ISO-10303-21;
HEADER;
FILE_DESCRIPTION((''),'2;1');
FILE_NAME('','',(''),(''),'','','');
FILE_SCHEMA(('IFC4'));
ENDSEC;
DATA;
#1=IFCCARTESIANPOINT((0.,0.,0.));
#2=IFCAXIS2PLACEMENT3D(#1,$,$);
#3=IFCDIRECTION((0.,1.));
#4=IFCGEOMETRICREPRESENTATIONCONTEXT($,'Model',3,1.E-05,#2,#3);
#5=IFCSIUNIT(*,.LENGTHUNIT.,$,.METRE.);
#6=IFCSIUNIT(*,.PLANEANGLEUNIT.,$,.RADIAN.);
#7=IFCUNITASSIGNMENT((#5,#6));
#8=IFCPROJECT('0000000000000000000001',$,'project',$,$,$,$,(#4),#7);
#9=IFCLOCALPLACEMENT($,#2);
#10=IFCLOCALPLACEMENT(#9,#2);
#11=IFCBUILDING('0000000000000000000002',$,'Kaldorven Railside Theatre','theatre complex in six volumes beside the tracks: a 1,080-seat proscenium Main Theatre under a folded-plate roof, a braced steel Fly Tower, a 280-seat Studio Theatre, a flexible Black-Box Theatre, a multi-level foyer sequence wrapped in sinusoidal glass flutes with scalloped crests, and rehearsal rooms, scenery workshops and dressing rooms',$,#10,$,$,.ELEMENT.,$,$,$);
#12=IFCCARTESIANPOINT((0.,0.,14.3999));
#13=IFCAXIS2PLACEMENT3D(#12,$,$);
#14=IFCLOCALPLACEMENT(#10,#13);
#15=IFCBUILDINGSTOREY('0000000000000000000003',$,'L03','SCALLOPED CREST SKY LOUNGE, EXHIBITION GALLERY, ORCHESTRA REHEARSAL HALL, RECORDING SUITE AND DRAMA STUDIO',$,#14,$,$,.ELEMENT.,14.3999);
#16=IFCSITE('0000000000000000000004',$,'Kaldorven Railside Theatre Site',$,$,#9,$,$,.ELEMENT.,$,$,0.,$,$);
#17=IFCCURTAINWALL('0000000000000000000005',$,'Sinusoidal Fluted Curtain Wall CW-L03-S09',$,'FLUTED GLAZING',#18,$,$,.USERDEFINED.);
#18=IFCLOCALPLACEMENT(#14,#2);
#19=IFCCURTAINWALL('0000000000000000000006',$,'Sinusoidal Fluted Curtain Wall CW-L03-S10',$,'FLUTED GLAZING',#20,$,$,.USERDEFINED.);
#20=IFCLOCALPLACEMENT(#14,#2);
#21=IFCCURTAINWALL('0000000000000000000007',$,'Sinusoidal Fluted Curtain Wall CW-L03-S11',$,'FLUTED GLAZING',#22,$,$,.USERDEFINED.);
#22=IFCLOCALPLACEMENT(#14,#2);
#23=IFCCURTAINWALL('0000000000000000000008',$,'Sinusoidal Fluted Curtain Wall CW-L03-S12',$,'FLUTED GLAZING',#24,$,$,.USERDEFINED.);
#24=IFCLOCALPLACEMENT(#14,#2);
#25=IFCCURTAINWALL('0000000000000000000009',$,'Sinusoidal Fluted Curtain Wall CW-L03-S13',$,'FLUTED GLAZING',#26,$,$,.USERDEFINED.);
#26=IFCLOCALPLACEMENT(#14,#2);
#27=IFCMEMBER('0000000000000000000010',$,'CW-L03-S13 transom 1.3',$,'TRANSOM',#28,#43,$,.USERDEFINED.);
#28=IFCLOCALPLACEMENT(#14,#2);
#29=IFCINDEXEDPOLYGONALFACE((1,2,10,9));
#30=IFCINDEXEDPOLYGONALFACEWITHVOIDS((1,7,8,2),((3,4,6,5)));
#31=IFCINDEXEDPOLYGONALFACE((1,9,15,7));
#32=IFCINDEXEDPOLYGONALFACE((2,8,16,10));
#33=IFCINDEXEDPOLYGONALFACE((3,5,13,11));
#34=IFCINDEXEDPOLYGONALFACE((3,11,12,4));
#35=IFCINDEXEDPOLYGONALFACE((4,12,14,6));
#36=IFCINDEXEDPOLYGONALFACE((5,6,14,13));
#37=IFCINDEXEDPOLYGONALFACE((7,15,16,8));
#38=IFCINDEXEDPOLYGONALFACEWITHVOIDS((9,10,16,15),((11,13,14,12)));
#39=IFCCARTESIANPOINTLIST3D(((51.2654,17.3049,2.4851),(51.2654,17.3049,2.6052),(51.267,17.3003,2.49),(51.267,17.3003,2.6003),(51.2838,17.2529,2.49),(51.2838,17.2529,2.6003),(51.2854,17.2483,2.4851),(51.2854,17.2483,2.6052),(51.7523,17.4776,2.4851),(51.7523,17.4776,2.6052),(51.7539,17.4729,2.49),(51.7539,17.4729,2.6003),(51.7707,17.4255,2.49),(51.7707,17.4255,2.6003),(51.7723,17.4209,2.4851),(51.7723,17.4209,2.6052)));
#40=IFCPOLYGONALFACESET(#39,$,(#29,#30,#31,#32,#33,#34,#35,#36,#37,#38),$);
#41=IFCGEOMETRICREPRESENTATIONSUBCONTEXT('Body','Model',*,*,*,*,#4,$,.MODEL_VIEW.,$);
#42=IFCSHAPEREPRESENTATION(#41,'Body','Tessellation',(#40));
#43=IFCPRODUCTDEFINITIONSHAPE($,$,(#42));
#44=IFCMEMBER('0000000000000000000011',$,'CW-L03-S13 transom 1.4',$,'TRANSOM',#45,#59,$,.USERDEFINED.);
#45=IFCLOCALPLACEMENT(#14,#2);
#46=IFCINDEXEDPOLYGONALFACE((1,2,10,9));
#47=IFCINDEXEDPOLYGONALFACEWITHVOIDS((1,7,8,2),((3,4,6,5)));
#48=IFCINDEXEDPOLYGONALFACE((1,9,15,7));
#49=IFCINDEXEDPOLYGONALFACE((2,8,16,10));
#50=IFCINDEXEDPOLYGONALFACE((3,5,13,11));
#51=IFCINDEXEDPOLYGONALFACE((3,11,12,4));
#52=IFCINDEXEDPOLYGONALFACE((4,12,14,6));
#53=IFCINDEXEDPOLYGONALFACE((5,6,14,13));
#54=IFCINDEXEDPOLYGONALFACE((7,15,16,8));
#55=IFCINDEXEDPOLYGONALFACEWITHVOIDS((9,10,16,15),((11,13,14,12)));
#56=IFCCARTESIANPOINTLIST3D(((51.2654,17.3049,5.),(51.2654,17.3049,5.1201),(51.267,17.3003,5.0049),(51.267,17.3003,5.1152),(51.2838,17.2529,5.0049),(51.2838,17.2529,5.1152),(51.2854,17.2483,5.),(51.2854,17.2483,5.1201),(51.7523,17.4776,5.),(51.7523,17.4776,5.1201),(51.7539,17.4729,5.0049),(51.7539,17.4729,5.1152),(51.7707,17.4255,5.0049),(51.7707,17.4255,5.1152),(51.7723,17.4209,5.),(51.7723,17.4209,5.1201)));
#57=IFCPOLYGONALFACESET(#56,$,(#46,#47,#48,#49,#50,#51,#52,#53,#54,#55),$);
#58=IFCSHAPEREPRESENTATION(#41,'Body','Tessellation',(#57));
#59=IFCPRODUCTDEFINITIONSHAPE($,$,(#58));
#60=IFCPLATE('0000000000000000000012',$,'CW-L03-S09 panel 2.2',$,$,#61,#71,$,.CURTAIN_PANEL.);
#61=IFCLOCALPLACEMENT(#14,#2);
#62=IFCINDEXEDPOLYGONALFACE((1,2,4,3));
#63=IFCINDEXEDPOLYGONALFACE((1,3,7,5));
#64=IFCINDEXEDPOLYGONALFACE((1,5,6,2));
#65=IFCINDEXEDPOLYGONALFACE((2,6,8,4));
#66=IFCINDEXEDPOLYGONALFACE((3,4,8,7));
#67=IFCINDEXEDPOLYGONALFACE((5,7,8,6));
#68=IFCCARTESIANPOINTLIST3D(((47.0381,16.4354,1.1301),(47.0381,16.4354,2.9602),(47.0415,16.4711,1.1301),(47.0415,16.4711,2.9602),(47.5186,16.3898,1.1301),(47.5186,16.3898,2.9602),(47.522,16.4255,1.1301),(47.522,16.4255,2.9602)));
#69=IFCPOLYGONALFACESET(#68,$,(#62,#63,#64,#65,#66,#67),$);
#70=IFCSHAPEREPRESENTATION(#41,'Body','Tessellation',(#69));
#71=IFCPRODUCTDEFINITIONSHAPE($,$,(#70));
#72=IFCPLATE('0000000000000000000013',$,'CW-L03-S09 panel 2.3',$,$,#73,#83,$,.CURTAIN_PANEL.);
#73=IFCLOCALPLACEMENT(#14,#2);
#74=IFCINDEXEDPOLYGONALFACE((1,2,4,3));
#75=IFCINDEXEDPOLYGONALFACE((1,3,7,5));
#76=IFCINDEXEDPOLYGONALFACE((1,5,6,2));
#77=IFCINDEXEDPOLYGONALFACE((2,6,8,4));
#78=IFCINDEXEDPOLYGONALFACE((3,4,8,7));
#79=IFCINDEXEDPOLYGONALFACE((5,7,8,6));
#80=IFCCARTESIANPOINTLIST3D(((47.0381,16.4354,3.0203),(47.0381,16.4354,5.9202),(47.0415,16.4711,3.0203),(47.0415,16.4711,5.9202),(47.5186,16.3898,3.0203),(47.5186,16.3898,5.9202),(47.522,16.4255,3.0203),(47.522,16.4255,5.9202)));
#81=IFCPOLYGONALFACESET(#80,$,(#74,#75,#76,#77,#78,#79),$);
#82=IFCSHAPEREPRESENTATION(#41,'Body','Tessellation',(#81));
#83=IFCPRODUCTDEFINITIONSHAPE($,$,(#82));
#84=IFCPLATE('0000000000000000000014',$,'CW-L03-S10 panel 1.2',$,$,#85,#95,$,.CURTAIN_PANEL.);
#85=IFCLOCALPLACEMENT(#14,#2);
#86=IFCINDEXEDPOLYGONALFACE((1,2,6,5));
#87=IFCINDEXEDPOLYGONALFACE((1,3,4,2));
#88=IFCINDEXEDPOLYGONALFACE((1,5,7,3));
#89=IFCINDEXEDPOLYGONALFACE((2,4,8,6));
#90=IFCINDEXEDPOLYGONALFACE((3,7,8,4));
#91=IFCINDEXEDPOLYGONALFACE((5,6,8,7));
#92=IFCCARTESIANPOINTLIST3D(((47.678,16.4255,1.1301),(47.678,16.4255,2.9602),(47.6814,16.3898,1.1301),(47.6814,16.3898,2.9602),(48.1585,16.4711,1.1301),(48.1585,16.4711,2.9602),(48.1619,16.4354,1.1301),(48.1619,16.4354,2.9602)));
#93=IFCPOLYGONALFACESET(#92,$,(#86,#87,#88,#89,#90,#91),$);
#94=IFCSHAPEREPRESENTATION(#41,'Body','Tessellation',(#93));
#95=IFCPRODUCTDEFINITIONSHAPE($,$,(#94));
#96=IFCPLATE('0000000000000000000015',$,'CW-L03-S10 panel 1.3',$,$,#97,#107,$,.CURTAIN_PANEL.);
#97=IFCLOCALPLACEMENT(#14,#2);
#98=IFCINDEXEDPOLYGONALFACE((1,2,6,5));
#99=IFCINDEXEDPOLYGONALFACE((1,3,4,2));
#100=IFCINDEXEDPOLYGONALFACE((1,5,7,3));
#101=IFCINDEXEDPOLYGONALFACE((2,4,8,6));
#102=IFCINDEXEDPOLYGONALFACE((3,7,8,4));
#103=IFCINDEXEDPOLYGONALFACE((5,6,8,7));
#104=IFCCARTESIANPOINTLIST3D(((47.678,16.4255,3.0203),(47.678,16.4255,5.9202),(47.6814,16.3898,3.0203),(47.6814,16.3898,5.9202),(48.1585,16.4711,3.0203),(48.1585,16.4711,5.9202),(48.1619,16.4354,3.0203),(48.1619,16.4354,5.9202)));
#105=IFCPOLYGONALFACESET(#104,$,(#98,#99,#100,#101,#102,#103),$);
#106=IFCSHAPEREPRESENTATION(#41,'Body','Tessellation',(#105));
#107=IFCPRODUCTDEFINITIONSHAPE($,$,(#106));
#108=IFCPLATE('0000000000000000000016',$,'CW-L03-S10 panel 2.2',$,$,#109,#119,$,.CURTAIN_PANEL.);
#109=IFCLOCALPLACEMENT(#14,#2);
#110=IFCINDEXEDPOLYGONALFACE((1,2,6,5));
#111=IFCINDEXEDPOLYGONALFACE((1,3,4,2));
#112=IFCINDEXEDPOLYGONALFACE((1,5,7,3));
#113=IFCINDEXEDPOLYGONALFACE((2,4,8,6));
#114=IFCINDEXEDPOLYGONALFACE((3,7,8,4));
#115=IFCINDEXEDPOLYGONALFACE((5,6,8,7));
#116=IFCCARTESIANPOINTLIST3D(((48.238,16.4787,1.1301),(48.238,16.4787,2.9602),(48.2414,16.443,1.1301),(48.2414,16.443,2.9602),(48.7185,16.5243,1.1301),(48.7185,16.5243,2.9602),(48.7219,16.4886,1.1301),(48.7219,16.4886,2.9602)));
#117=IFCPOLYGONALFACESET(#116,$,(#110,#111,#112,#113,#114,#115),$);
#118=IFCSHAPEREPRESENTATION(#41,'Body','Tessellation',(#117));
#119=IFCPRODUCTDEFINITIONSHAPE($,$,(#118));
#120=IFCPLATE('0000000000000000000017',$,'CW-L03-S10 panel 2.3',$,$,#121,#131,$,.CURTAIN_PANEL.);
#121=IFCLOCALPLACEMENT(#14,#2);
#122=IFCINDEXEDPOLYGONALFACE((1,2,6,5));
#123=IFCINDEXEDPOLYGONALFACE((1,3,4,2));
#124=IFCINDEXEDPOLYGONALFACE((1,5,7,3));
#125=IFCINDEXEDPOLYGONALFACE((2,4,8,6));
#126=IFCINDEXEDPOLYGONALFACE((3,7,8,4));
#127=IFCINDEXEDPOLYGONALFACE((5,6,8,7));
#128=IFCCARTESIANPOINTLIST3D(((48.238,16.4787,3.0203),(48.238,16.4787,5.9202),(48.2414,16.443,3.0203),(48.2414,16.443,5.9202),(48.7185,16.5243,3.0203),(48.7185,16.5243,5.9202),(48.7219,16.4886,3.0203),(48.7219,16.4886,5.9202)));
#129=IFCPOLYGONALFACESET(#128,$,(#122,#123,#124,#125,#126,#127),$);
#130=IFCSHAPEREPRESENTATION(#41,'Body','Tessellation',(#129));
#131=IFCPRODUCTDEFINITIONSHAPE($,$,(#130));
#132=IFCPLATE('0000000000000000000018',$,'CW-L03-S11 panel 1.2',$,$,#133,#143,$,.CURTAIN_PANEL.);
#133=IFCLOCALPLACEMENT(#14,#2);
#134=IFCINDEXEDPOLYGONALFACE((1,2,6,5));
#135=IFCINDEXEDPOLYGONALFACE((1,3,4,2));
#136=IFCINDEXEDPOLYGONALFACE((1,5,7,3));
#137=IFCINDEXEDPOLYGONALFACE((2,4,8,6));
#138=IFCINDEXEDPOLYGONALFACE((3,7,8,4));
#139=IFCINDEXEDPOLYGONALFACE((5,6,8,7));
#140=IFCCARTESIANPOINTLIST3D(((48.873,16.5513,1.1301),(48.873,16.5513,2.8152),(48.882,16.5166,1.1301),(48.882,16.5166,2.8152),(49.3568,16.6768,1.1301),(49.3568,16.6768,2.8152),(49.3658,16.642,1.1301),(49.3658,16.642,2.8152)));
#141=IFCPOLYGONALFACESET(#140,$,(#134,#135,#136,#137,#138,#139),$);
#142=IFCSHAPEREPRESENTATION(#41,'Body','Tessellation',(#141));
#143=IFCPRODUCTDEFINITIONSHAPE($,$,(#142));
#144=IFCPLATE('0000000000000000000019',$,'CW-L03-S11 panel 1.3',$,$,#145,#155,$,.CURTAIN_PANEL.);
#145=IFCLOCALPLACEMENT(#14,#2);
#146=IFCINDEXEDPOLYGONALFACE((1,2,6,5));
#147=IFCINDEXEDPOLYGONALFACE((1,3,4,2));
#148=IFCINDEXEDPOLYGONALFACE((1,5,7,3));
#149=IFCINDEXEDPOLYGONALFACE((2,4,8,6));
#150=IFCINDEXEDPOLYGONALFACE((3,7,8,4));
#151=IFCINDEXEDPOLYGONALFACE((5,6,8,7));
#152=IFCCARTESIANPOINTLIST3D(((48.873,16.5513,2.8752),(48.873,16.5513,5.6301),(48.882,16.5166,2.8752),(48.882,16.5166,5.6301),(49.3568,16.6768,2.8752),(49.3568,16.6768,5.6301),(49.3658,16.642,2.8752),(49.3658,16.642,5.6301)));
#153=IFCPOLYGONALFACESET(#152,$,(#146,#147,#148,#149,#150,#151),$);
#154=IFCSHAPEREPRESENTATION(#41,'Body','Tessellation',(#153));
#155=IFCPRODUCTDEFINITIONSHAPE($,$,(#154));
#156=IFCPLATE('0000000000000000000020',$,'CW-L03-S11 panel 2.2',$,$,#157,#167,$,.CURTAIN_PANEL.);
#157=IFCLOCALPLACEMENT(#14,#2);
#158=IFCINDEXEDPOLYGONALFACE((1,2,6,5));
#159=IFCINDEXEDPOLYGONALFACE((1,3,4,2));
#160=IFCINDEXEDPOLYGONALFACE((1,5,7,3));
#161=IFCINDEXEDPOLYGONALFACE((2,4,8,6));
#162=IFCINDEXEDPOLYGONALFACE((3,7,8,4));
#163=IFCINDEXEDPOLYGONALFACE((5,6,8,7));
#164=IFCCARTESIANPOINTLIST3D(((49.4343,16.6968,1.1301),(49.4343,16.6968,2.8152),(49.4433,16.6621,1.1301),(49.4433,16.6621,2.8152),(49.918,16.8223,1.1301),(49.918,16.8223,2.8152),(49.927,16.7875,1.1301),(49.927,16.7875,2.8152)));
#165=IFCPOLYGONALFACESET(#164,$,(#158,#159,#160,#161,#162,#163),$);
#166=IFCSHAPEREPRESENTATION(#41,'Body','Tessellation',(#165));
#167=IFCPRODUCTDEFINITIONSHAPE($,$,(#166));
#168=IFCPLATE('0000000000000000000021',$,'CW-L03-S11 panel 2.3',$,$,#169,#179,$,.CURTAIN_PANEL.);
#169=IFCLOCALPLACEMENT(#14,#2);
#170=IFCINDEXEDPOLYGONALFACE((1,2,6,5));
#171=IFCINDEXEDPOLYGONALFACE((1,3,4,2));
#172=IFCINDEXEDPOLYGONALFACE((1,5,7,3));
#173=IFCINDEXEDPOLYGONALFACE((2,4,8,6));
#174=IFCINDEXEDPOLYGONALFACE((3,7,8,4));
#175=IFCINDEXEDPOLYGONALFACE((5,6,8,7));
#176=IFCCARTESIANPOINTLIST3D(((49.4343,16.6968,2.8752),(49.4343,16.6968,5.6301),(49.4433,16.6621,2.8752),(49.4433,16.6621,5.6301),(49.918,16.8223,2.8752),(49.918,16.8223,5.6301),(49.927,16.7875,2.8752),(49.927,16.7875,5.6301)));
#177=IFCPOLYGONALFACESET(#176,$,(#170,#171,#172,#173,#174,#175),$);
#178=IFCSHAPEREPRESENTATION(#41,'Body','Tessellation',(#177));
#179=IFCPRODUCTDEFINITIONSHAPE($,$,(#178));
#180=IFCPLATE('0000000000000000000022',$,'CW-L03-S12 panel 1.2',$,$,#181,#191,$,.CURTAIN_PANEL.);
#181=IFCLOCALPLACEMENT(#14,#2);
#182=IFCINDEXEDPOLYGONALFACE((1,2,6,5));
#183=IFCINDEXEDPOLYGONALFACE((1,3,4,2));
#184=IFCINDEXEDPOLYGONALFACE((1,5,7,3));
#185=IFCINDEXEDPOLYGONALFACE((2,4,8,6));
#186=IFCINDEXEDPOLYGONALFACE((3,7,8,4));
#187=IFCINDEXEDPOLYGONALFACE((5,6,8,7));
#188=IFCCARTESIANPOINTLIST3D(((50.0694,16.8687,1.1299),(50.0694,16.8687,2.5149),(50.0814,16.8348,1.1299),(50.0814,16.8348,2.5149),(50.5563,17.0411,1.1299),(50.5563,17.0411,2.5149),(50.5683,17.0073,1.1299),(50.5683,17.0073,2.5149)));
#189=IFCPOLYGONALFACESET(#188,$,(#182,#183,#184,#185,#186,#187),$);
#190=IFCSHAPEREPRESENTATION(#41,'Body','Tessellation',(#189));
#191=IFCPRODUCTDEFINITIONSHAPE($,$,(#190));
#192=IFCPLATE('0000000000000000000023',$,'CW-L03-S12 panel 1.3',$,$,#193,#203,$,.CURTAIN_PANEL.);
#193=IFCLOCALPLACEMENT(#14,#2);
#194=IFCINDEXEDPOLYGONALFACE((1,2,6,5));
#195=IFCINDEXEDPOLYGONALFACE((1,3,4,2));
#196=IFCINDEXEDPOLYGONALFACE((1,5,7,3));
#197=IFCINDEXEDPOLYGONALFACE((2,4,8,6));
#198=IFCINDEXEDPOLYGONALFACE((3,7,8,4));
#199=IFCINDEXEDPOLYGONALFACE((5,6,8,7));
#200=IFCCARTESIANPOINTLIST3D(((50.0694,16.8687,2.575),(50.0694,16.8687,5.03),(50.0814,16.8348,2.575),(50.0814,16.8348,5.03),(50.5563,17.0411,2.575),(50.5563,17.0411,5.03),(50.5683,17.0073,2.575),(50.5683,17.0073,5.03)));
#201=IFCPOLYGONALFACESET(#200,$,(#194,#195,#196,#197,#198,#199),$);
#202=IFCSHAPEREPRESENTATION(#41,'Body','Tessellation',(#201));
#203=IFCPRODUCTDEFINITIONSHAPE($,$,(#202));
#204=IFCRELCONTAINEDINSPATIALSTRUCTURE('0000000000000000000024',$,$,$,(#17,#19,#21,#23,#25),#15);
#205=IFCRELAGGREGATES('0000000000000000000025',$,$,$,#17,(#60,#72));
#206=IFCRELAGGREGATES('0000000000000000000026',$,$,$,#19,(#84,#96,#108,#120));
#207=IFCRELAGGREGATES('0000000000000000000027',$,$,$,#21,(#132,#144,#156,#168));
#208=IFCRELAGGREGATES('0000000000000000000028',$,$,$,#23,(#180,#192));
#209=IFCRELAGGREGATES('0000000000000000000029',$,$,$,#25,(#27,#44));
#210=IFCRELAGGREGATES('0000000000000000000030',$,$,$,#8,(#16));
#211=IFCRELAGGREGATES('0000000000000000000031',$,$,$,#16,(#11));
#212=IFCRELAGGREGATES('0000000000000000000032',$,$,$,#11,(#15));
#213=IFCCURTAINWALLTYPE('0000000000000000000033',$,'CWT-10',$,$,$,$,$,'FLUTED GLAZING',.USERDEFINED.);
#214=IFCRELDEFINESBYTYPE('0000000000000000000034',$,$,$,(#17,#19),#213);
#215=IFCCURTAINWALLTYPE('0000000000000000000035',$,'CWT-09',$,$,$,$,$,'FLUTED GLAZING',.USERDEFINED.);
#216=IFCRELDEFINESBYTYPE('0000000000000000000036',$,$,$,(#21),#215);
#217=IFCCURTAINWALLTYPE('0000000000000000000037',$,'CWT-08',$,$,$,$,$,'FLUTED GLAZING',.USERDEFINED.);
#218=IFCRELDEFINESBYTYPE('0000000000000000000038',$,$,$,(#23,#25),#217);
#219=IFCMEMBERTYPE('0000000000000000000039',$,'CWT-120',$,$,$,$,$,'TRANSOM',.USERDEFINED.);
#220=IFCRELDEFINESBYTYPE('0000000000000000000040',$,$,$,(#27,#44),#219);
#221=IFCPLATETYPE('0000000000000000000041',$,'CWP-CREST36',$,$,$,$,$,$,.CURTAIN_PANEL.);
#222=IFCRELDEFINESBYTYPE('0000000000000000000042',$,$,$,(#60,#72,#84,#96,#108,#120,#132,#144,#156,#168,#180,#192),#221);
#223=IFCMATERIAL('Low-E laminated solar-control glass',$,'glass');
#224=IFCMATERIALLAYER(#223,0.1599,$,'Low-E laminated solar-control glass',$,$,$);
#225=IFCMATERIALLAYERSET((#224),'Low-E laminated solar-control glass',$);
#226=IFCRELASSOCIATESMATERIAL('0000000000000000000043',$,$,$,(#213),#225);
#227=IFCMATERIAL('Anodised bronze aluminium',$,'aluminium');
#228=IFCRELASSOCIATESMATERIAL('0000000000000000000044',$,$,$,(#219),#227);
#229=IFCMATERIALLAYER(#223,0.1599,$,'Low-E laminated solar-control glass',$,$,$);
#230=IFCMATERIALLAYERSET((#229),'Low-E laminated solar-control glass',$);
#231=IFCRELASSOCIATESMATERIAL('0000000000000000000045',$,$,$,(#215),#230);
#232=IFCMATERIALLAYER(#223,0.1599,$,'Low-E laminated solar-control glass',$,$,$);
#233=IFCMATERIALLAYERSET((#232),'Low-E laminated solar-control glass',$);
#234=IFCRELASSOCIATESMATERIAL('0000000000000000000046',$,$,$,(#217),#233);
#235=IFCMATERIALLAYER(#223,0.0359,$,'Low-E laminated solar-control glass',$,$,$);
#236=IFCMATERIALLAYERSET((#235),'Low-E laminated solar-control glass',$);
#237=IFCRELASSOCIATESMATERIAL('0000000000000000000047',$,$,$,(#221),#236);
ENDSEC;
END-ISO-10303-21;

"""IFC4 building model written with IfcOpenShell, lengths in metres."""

from ifc_helpers import new_model, si_unit, direction, frame, origin, origin_2d, place, context, subcontext, project, spatial, rectangle, hollow_rectangle, extrude, material, layer, layer_set, material_profile, profile_set, type_object, element, aggregate, save


model = new_model("IFC4")

# Units and contexts
model_context = context("Model", 3, precision=1e-05, world=origin(), true_north=direction((0.0, 1.0)))
body_context = subcontext(model_context, "Body", "Model", "MODEL_VIEW")
ifc_project = project(units=[si_unit("LENGTHUNIT", "METRE"), si_unit("PLANEANGLEUNIT", "RADIAN")], contexts=[model_context])

# Site, building, storey
site_placement = place(None, origin())
site = spatial("IfcSite", under=ifc_project, at=site_placement, Name="Kaldorven Railside Theatre Site", CompositionType="ELEMENT", RefElevation=0.0)
building_placement = place(site_placement, origin())
building = spatial("IfcBuilding", under=site, at=building_placement, Name="Kaldorven Railside Theatre", Description="theatre complex in six volumes beside the tracks: a 1,080-seat proscenium Main Theatre under a folded-plate roof, a braced steel Fly Tower, a 280-seat Studio Theatre, a flexible Black-Box Theatre, a multi-level foyer sequence wrapped in sinusoidal glass flutes with scalloped crests, and rehearsal rooms, scenery workshops and dressing rooms", CompositionType="ELEMENT")
storey_placement = place(building_placement, frame((0.0, 0.0, 14.3999)))
storey = spatial("IfcBuildingStorey", under=building, at=storey_placement, Name="L03", Description="SCALLOPED CREST SKY LOUNGE, EXHIBITION GALLERY, ORCHESTRA REHEARSAL HALL, RECORDING SUITE AND DRAMA STUDIO", CompositionType="ELEMENT", Elevation=14.3999)

# Curtain walls, members
ifc_material_1 = material(Name="Low-E laminated solar-control glass", Category="glass")
ifc_layer_1 = layer(ifc_material_1, 0.1599, Name="Low-E laminated solar-control glass")
ifc_layer_set_1 = layer_set([ifc_layer_1], Name="Low-E laminated solar-control glass")
curtain_wall_type_1 = type_object("IfcCurtainWallType", Name="CWT-10", ElementType="FLUTED GLAZING", PredefinedType="USERDEFINED", material=ifc_layer_set_1)
curtain_wall_1_placement = place(storey_placement, origin())
curtain_wall_1 = element("IfcCurtainWall", 1, at=curtain_wall_1_placement, inside=storey, type_object=curtain_wall_type_1, Name="Sinusoidal Fluted Curtain Wall CW-L03-S09", ObjectType="FLUTED GLAZING", PredefinedType="USERDEFINED")
ifc_material_2 = material(Name="Anodised bronze aluminium", Category="aluminium")
ifc_material_profile = material_profile(ifc_material_2, hollow_rectangle(XDim=0.0601, YDim=0.1201, WallThickness=0.0049, at=origin_2d()), Name="RHS 120x60x5")
ifc_profile_set = profile_set([ifc_material_profile], Name="Anodised bronze aluminium")
member_type = type_object("IfcMemberType", Name="CWT-120", ElementType="TRANSOM", PredefinedType="USERDEFINED", material=ifc_profile_set)
curtain_wall_2_placement = place(storey_placement, origin())
curtain_wall_2 = element("IfcCurtainWall", 2, at=curtain_wall_2_placement, inside=storey, type_object=curtain_wall_type_1, Name="Sinusoidal Fluted Curtain Wall CW-L03-S10", ObjectType="FLUTED GLAZING", PredefinedType="USERDEFINED")
ifc_layer_2 = layer(ifc_material_1, 0.1599, Name="Low-E laminated solar-control glass")
ifc_layer_set_2 = layer_set([ifc_layer_2], Name="Low-E laminated solar-control glass")
curtain_wall_type_2 = type_object("IfcCurtainWallType", Name="CWT-09", ElementType="FLUTED GLAZING", PredefinedType="USERDEFINED", material=ifc_layer_set_2)
curtain_wall_3_placement = place(storey_placement, origin())
curtain_wall_3 = element("IfcCurtainWall", 3, at=curtain_wall_3_placement, inside=storey, type_object=curtain_wall_type_2, Name="Sinusoidal Fluted Curtain Wall CW-L03-S11", ObjectType="FLUTED GLAZING", PredefinedType="USERDEFINED")
ifc_layer_3 = layer(ifc_material_1, 0.1599, Name="Low-E laminated solar-control glass")
ifc_layer_set_3 = layer_set([ifc_layer_3], Name="Low-E laminated solar-control glass")
curtain_wall_type_3 = type_object("IfcCurtainWallType", Name="CWT-08", ElementType="FLUTED GLAZING", PredefinedType="USERDEFINED", material=ifc_layer_set_3)
curtain_wall_4_placement = place(storey_placement, origin())
curtain_wall_4 = element("IfcCurtainWall", 4, at=curtain_wall_4_placement, inside=storey, type_object=curtain_wall_type_3, Name="Sinusoidal Fluted Curtain Wall CW-L03-S12", ObjectType="FLUTED GLAZING", PredefinedType="USERDEFINED")
curtain_wall_5_placement = place(storey_placement, origin())
curtain_wall_5 = element("IfcCurtainWall", 5, at=curtain_wall_5_placement, inside=storey, type_object=curtain_wall_type_3, Name="Sinusoidal Fluted Curtain Wall CW-L03-S13", ObjectType="FLUTED GLAZING", PredefinedType="USERDEFINED")
member_1_placement = place(storey_placement, frame((51.2754, 17.2766, 2.5452), z_axis=(0.942509, 0.33418, 0.0), x_axis=(-0.33418, 0.942509, 0.0)))
member_1 = element("IfcMember", 6, at=member_1_placement, type_object=member_type, Name="CW-L03-S13 transom 1.3", ObjectType="TRANSOM", PredefinedType="USERDEFINED", context=body_context, shape_type="SweptSolid", body=[
    extrude(hollow_rectangle(XDim=0.0601, YDim=0.1201, WallThickness=0.0049, at=origin_2d()), origin(), (0.0, 0.0, 1.0), 0.5166),
])
member_2_placement = place(storey_placement, frame((51.2754, 17.2766, 5.0601), z_axis=(0.942509, 0.33418, 0.0), x_axis=(-0.33418, 0.942509, 0.0)))
member_2 = element("IfcMember", 7, at=member_2_placement, type_object=member_type, Name="CW-L03-S13 transom 1.4", ObjectType="TRANSOM", PredefinedType="USERDEFINED", context=body_context, shape_type="SweptSolid", body=[
    extrude(hollow_rectangle(XDim=0.0601, YDim=0.1201, WallThickness=0.0049, at=origin_2d()), origin(), (0.0, 0.0, 1.0), 0.5166),
])

# Plates
ifc_layer_4 = layer(ifc_material_1, 0.0359, Name="Low-E laminated solar-control glass")
ifc_layer_set_4 = layer_set([ifc_layer_4], Name="Low-E laminated solar-control glass")
plate_type = type_object("IfcPlateType", Name="CWP-CREST36", PredefinedType="CURTAIN_PANEL", material=ifc_layer_set_4)
plate_1_placement = place(storey_placement, frame((47.28, 16.4304, 1.1301), z_axis=(0.0, 0.0, 1.0), x_axis=(0.995526, -0.094492, 0.0)))
plate_1 = element("IfcPlate", 8, at=plate_1_placement, type_object=plate_type, Name="CW-L03-S09 panel 2.2", PredefinedType="CURTAIN_PANEL", context=body_context, shape_type="SweptSolid", body=[
    extrude(rectangle(XDim=0.4827, YDim=0.0359, at=origin_2d()), origin(), (0.0, 0.0, 1.0), 1.8301),
])
plate_2_placement = place(storey_placement, frame((47.28, 16.4304, 3.0203), z_axis=(0.0, 0.0, 1.0), x_axis=(0.995526, -0.094492, 0.0)))
plate_2 = element("IfcPlate", 9, at=plate_2_placement, type_object=plate_type, Name="CW-L03-S09 panel 2.3", PredefinedType="CURTAIN_PANEL", context=body_context, shape_type="SweptSolid", body=[
    extrude(rectangle(XDim=0.4827, YDim=0.0359, at=origin_2d()), origin(), (0.0, 0.0, 1.0), 2.8999),
])
aggregate(curtain_wall_1, [plate_1, plate_2])
plate_3_placement = place(storey_placement, frame((47.9199, 16.4304, 1.1301), z_axis=(0.0, 0.0, 1.0), x_axis=(0.995526, 0.094492, 0.0)))
plate_3 = element("IfcPlate", 10, at=plate_3_placement, type_object=plate_type, Name="CW-L03-S10 panel 1.2", PredefinedType="CURTAIN_PANEL", context=body_context, shape_type="SweptSolid", body=[
    extrude(rectangle(XDim=0.4827, YDim=0.0359, at=origin_2d()), origin(), (0.0, 0.0, 1.0), 1.8301),
])
plate_4_placement = place(storey_placement, frame((47.9199, 16.4304, 3.0203), z_axis=(0.0, 0.0, 1.0), x_axis=(0.995526, 0.094492, 0.0)))
plate_4 = element("IfcPlate", 11, at=plate_4_placement, type_object=plate_type, Name="CW-L03-S10 panel 1.3", PredefinedType="CURTAIN_PANEL", context=body_context, shape_type="SweptSolid", body=[
    extrude(rectangle(XDim=0.4827, YDim=0.0359, at=origin_2d()), origin(), (0.0, 0.0, 1.0), 2.8999),
])
plate_5_placement = place(storey_placement, frame((48.48, 16.4836, 1.1301), z_axis=(0.0, 0.0, 1.0), x_axis=(0.995526, 0.094492, 0.0)))
plate_5 = element("IfcPlate", 12, at=plate_5_placement, type_object=plate_type, Name="CW-L03-S10 panel 2.2", PredefinedType="CURTAIN_PANEL", context=body_context, shape_type="SweptSolid", body=[
    extrude(rectangle(XDim=0.4827, YDim=0.0359, at=origin_2d()), origin(), (0.0, 0.0, 1.0), 1.8301),
])
plate_6_placement = place(storey_placement, frame((48.48, 16.4836, 3.0203), z_axis=(0.0, 0.0, 1.0), x_axis=(0.995526, 0.094492, 0.0)))
plate_6 = element("IfcPlate", 13, at=plate_6_placement, type_object=plate_type, Name="CW-L03-S10 panel 2.3", PredefinedType="CURTAIN_PANEL", context=body_context, shape_type="SweptSolid", body=[
    extrude(rectangle(XDim=0.4827, YDim=0.0359, at=origin_2d()), origin(), (0.0, 0.0, 1.0), 2.8999),
])
aggregate(curtain_wall_2, [plate_3, plate_4, plate_5, plate_6])
plate_7_placement = place(storey_placement, frame((49.1194, 16.5967, 1.1301), z_axis=(0.0, 0.0, 1.0), x_axis=(0.967999, 0.250954, 0.0)))
plate_7 = element("IfcPlate", 14, at=plate_7_placement, type_object=plate_type, Name="CW-L03-S11 panel 1.2", PredefinedType="CURTAIN_PANEL", context=body_context, shape_type="SweptSolid", body=[
    extrude(rectangle(XDim=0.4998, YDim=0.0359, at=origin_2d()), origin(), (0.0, 0.0, 1.0), 1.6851),
])
plate_8_placement = place(storey_placement, frame((49.1194, 16.5967, 2.8752), z_axis=(0.0, 0.0, 1.0), x_axis=(0.967999, 0.250954, 0.0)))
plate_8 = element("IfcPlate", 15, at=plate_8_placement, type_object=plate_type, Name="CW-L03-S11 panel 1.3", PredefinedType="CURTAIN_PANEL", context=body_context, shape_type="SweptSolid", body=[
    extrude(rectangle(XDim=0.4998, YDim=0.0359, at=origin_2d()), origin(), (0.0, 0.0, 1.0), 2.7549),
])
plate_9_placement = place(storey_placement, frame((49.6807, 16.7422, 1.1301), z_axis=(0.0, 0.0, 1.0), x_axis=(0.967999, 0.250954, 0.0)))
plate_9 = element("IfcPlate", 16, at=plate_9_placement, type_object=plate_type, Name="CW-L03-S11 panel 2.2", PredefinedType="CURTAIN_PANEL", context=body_context, shape_type="SweptSolid", body=[
    extrude(rectangle(XDim=0.4998, YDim=0.0359, at=origin_2d()), origin(), (0.0, 0.0, 1.0), 1.6851),
])
plate_10_placement = place(storey_placement, frame((49.6807, 16.7422, 2.8752), z_axis=(0.0, 0.0, 1.0), x_axis=(0.967999, 0.250954, 0.0)))
plate_10 = element("IfcPlate", 17, at=plate_10_placement, type_object=plate_type, Name="CW-L03-S11 panel 2.3", PredefinedType="CURTAIN_PANEL", context=body_context, shape_type="SweptSolid", body=[
    extrude(rectangle(XDim=0.4998, YDim=0.0359, at=origin_2d()), origin(), (0.0, 0.0, 1.0), 2.7549),
])
aggregate(curtain_wall_3, [plate_7, plate_8, plate_9, plate_10])
plate_11_placement = place(storey_placement, frame((50.3188, 16.938, 1.1299), z_axis=(0.0, 0.0, 1.0), x_axis=(0.942627, 0.333847, 0.0)))
plate_11 = element("IfcPlate", 18, at=plate_11_placement, type_object=plate_type, Name="CW-L03-S12 panel 1.2", PredefinedType="CURTAIN_PANEL", context=body_context, shape_type="SweptSolid", body=[
    extrude(rectangle(XDim=0.5166, YDim=0.0359, at=origin_2d()), origin(), (0.0, 0.0, 1.0), 1.385),
])
plate_12_placement = place(storey_placement, frame((50.3188, 16.938, 2.575), z_axis=(0.0, 0.0, 1.0), x_axis=(0.942627, 0.333847, 0.0)))
plate_12 = element("IfcPlate", 19, at=plate_12_placement, type_object=plate_type, Name="CW-L03-S12 panel 1.3", PredefinedType="CURTAIN_PANEL", context=body_context, shape_type="SweptSolid", body=[
    extrude(rectangle(XDim=0.5166, YDim=0.0359, at=origin_2d()), origin(), (0.0, 0.0, 1.0), 2.4551),
])
aggregate(curtain_wall_4, [plate_11, plate_12])
aggregate(curtain_wall_5, [member_1, member_2])

save(model, "model.ifc")
